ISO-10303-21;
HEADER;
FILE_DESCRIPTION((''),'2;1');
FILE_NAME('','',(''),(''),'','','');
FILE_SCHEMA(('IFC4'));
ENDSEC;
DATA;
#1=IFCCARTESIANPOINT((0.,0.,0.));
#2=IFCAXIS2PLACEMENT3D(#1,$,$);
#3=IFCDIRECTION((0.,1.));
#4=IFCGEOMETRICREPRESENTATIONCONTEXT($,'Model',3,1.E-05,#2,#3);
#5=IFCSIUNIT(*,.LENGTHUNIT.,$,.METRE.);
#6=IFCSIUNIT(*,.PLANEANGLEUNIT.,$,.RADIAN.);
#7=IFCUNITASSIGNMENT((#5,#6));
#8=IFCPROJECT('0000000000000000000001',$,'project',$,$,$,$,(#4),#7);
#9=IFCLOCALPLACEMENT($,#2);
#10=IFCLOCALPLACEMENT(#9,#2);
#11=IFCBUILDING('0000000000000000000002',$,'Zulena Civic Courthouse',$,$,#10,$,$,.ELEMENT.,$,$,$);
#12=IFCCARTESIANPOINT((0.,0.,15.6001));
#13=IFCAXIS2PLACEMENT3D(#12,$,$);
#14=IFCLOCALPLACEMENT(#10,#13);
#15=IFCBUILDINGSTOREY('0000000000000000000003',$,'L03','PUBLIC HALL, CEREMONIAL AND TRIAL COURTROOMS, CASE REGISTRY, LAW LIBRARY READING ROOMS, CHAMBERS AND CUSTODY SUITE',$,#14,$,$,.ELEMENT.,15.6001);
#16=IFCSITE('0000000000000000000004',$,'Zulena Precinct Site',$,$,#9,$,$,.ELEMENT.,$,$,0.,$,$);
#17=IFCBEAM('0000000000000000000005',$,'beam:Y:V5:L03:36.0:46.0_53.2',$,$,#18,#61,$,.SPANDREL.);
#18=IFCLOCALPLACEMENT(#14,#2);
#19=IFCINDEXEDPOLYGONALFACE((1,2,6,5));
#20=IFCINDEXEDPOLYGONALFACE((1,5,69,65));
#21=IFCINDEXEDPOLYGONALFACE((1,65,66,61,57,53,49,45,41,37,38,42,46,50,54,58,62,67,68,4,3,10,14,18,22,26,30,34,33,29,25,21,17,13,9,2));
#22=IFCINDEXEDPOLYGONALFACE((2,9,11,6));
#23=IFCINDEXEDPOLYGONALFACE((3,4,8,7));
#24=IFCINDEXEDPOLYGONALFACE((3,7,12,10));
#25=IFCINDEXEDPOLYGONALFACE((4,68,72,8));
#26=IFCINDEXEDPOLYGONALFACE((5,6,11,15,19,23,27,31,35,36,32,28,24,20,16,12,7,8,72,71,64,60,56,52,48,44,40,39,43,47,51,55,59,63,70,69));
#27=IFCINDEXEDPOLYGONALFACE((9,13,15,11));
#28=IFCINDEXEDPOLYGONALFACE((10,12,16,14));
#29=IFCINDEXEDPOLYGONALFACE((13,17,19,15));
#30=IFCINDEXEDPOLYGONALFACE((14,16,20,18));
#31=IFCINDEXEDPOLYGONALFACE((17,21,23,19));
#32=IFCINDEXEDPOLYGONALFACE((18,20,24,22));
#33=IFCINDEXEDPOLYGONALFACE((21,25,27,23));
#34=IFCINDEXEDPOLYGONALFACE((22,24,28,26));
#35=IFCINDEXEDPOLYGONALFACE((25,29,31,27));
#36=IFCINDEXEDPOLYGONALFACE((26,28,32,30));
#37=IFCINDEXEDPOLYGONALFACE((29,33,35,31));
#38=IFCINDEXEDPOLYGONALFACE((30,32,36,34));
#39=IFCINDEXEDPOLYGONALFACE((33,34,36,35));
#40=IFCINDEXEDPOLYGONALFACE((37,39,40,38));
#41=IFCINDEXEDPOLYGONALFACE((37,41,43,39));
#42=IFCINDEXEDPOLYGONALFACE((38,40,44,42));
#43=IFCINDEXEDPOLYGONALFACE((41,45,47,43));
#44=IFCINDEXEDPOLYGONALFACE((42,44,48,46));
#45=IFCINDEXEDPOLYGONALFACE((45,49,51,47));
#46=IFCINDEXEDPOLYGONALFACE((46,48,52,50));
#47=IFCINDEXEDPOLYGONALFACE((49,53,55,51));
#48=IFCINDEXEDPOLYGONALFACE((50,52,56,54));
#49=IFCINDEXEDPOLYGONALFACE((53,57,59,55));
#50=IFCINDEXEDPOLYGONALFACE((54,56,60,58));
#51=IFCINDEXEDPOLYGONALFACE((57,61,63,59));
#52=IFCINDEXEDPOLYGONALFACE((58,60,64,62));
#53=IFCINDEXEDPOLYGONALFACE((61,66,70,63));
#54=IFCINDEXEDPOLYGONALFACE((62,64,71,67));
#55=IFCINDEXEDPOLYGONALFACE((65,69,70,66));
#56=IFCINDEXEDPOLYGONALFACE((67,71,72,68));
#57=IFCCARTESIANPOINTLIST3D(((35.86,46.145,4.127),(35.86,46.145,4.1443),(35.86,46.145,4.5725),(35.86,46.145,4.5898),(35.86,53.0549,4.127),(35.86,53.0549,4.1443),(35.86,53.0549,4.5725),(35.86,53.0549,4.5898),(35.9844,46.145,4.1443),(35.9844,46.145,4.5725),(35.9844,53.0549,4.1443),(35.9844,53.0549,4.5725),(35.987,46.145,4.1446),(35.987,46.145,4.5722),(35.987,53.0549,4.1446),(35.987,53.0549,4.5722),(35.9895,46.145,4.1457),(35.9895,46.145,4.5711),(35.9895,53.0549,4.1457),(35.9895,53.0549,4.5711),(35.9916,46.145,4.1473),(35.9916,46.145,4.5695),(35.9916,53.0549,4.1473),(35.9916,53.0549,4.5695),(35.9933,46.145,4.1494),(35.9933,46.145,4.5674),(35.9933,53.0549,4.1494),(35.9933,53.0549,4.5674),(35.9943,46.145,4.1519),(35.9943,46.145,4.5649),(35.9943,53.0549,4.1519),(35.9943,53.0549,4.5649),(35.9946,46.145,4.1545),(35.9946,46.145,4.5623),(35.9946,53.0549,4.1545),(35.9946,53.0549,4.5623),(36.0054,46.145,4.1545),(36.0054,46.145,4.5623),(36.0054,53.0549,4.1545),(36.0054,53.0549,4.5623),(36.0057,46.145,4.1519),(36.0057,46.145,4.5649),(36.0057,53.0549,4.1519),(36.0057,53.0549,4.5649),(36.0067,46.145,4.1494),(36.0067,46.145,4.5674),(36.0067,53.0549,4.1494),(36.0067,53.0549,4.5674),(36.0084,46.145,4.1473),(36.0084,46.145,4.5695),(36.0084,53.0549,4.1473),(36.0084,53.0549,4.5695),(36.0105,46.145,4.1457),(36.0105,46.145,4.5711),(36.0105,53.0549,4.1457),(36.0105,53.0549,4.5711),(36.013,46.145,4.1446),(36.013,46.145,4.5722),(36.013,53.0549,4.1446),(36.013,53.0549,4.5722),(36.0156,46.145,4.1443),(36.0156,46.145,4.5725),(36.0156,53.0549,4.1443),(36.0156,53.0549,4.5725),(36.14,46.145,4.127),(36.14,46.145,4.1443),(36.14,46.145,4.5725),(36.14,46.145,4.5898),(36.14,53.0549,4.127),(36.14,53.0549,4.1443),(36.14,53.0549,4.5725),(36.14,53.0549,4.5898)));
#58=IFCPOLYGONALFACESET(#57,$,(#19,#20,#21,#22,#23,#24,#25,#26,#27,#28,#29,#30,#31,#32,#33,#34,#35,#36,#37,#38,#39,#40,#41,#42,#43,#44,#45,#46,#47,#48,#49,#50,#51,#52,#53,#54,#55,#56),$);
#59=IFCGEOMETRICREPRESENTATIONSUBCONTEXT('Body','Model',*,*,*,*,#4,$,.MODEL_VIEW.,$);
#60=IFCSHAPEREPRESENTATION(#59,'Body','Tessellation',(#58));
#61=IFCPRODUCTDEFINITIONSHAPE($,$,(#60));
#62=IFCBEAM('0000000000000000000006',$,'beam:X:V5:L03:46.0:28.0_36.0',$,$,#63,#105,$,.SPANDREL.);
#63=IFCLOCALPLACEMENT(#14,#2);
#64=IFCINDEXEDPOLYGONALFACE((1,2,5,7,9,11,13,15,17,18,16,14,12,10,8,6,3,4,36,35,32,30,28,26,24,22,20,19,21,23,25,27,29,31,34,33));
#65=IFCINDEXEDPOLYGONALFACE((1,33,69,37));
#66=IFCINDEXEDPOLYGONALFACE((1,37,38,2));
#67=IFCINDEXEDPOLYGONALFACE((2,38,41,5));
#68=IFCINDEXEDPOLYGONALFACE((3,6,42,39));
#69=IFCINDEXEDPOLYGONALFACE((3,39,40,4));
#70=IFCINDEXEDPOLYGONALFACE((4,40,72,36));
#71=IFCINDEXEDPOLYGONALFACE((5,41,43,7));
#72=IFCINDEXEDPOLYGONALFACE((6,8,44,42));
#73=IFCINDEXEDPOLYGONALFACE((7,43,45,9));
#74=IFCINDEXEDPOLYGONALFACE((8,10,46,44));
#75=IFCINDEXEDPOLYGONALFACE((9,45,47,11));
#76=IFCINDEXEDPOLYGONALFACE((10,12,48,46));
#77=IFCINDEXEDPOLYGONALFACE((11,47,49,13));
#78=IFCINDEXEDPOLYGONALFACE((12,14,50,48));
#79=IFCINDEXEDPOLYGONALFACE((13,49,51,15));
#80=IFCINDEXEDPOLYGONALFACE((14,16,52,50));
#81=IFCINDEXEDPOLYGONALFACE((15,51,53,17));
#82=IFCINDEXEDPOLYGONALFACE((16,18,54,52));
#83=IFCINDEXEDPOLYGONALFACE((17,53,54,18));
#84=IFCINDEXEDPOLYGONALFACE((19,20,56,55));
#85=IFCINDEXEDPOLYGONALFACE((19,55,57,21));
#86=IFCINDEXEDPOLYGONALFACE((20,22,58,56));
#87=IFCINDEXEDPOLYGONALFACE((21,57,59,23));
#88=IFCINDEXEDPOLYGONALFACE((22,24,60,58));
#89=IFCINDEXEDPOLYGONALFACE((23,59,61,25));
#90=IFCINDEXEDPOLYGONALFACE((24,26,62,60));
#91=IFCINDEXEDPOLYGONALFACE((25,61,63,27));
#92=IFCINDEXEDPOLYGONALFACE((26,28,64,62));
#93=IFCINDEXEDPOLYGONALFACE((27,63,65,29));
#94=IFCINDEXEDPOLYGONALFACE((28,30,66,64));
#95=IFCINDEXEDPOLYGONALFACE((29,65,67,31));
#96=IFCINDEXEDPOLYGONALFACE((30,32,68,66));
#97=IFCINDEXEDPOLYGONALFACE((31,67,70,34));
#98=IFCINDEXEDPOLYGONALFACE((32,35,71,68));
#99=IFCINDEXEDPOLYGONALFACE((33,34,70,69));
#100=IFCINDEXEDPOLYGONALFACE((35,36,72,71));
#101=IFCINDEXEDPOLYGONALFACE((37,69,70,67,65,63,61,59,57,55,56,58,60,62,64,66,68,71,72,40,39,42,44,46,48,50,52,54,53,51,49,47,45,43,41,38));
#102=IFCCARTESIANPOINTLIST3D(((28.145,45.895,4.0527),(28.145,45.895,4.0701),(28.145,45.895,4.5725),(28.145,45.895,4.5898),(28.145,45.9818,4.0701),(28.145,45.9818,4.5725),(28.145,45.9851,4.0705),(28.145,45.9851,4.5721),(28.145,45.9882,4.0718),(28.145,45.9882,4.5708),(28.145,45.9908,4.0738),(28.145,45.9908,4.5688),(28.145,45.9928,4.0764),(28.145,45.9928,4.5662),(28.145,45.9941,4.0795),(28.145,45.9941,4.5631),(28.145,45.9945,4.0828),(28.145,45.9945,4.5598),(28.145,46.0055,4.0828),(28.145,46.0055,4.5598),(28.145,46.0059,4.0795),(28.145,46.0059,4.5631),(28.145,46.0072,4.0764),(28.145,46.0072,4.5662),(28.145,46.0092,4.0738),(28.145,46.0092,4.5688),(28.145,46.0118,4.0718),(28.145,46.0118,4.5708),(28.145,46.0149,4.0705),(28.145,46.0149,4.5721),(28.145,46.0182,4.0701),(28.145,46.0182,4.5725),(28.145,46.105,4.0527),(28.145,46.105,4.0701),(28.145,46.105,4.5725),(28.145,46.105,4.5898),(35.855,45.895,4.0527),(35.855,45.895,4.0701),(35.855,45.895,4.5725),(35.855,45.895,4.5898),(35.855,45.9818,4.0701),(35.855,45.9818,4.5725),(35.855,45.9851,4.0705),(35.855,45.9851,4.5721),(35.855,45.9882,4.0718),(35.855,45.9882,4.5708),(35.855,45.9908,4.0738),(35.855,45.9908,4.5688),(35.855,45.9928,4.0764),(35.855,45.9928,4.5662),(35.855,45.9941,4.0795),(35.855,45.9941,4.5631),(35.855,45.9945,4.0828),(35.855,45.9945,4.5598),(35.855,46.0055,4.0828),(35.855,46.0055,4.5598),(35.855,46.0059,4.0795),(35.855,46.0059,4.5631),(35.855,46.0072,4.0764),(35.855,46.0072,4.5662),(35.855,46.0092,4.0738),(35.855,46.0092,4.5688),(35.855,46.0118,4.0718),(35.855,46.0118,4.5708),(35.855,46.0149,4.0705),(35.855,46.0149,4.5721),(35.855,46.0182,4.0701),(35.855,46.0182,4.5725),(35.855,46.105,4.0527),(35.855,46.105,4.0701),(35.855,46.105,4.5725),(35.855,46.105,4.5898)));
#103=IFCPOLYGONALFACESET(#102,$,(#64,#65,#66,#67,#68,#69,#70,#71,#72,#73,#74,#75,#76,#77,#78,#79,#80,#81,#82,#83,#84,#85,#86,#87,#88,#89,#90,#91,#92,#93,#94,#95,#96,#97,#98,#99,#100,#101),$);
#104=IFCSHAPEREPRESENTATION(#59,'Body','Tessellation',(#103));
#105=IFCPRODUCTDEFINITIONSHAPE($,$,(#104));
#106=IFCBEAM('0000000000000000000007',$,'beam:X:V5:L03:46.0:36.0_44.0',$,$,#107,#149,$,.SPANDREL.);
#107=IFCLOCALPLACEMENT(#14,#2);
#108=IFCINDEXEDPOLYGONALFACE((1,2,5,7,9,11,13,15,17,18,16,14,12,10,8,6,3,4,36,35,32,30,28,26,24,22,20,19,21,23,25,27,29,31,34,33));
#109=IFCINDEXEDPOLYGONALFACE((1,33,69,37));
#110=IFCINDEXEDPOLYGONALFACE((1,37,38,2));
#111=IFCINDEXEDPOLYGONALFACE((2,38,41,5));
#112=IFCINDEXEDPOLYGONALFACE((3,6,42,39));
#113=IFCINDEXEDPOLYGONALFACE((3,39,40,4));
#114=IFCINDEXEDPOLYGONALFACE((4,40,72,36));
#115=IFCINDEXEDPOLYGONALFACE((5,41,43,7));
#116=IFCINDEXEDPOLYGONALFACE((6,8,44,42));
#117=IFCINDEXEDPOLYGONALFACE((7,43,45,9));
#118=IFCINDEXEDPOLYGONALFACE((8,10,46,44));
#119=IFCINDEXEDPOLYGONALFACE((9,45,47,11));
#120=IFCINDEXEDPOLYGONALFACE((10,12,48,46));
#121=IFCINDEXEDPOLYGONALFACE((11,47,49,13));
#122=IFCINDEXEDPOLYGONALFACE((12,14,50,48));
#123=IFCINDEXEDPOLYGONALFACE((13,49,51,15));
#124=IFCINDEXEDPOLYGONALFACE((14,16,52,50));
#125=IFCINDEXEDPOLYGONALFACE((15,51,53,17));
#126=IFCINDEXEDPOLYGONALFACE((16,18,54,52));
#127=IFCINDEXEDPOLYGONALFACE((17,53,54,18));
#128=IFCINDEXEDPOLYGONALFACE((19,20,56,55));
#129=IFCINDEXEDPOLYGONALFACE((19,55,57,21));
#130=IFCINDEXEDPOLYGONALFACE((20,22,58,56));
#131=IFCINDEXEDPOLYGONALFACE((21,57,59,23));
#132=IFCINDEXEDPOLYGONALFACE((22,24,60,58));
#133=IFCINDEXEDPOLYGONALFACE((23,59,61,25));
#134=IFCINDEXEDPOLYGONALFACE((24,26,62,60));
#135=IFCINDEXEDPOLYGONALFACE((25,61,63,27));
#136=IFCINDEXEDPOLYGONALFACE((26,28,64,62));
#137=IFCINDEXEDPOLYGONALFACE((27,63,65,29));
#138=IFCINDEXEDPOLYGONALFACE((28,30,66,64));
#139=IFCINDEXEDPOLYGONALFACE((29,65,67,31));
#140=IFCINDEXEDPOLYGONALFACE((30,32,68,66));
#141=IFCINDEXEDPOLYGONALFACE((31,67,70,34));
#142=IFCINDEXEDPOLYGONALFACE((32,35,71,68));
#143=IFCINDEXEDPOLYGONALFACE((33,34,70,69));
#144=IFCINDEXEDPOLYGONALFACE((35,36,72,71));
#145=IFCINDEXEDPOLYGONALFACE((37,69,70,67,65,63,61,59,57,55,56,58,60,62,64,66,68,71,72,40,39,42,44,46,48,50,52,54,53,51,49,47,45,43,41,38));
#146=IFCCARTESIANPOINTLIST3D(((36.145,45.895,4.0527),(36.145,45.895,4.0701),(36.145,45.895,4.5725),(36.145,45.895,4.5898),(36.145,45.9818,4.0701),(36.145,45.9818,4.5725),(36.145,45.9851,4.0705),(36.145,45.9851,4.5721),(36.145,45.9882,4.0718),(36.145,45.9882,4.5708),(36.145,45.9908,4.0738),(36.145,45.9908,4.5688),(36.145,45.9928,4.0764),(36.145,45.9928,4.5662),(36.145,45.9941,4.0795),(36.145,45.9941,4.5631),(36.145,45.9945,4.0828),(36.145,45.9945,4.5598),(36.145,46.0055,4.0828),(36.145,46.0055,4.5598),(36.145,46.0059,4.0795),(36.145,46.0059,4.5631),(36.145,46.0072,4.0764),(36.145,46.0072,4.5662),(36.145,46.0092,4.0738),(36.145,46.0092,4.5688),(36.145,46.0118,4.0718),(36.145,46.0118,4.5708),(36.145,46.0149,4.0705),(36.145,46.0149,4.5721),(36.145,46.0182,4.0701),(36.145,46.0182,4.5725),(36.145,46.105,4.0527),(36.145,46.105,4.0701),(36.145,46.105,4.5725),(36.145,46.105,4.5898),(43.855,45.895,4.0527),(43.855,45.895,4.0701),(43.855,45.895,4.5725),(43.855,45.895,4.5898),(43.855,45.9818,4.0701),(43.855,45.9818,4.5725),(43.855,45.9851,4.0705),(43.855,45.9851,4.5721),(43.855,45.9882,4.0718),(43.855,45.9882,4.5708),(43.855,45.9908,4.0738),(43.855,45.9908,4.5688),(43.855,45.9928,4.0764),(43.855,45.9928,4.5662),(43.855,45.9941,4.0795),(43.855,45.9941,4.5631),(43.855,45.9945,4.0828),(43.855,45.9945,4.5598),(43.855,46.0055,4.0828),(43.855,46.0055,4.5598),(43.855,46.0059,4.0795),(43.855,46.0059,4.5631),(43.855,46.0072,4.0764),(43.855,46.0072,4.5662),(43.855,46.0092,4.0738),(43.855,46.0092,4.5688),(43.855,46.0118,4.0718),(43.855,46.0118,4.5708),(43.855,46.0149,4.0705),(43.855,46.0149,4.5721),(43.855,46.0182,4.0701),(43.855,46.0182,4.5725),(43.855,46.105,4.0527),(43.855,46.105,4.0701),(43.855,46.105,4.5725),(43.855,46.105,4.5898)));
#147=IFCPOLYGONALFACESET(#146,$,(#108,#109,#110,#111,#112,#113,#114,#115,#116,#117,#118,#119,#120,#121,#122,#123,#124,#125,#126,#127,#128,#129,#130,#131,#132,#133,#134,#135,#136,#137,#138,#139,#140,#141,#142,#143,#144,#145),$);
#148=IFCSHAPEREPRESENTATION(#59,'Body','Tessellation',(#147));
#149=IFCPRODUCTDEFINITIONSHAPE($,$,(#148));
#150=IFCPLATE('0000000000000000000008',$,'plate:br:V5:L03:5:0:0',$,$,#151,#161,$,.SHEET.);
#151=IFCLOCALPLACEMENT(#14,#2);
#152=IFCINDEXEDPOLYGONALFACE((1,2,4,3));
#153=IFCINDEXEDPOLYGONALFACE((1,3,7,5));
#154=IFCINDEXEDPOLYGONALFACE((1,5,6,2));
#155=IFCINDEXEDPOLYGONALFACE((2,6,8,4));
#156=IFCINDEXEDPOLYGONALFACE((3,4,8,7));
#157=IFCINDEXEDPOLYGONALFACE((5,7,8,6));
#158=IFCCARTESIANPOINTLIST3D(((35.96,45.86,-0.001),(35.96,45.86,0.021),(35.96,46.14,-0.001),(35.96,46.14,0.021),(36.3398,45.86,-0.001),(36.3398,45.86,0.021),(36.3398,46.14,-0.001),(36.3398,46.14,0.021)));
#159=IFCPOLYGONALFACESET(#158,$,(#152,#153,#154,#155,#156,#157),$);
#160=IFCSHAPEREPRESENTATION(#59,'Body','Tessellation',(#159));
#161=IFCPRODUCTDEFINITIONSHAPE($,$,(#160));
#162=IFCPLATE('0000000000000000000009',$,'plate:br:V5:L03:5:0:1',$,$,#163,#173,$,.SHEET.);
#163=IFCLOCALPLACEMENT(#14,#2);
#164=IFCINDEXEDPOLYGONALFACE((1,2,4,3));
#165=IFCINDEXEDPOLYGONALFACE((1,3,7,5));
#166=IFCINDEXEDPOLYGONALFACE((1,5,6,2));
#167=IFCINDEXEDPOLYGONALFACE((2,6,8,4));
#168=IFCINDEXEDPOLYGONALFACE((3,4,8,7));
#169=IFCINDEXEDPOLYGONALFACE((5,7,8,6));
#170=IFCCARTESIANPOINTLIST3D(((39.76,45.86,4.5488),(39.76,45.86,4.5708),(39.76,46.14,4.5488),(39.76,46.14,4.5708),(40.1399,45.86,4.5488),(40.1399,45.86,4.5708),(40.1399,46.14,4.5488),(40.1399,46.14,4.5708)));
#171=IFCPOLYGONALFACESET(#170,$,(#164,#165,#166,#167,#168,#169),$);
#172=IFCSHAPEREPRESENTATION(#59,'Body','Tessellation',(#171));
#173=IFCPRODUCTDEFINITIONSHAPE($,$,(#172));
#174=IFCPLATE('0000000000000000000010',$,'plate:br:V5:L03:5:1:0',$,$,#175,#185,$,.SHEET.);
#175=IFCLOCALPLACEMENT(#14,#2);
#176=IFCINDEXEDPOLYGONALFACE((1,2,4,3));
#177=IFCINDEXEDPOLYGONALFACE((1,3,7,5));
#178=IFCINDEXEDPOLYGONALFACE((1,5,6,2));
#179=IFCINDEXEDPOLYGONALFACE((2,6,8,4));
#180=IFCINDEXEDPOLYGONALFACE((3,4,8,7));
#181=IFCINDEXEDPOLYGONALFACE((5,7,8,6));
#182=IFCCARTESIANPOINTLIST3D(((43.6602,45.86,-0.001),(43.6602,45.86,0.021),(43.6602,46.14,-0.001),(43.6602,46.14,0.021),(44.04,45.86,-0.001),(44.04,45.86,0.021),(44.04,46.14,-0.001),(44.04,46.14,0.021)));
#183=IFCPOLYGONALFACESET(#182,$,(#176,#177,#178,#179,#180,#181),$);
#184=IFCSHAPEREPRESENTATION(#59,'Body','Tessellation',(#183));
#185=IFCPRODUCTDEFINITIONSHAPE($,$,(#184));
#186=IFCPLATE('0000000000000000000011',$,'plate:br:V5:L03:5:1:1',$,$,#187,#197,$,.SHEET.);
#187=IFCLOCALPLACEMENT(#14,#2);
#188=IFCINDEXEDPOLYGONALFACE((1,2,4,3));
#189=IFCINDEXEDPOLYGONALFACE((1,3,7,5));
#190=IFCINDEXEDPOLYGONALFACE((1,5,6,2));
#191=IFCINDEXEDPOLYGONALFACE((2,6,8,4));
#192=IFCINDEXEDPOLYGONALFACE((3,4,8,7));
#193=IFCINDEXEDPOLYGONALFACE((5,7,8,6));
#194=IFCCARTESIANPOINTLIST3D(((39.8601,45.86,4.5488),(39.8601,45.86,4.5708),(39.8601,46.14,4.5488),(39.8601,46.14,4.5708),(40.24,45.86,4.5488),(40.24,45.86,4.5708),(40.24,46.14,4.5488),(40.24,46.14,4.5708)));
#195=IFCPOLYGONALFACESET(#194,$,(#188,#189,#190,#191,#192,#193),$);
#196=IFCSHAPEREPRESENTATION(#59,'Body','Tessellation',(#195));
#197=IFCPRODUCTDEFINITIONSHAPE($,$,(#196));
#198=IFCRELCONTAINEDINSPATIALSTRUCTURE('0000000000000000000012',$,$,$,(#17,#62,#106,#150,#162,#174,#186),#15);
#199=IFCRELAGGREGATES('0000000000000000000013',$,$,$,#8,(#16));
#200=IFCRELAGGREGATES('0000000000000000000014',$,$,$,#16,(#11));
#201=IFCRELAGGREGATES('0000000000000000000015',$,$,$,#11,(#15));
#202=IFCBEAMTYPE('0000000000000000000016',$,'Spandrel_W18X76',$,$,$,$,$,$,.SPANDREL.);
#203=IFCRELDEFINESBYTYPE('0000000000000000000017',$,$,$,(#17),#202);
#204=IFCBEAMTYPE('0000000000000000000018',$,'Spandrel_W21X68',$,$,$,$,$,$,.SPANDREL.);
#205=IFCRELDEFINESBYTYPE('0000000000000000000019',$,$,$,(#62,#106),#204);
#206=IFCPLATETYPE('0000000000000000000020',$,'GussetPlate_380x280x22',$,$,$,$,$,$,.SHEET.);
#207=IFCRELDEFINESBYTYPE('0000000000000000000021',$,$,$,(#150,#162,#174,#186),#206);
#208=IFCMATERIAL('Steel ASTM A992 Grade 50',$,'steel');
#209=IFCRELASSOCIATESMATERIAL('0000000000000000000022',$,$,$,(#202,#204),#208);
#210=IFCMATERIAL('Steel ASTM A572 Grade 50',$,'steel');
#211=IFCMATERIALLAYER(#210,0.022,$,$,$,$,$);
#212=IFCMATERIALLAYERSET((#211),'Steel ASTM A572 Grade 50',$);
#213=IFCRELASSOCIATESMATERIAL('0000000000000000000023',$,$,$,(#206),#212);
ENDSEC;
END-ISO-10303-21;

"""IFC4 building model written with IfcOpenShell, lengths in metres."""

from ifc_helpers import new_model, si_unit, direction, frame, origin, origin_2d, place, context, subcontext, project, spatial, rectangle, i_section, extrude, material, layer, layer_set, material_profile, profile_set, type_object, element, save


model = new_model("IFC4")

# Units and contexts
model_context = context("Model", 3, precision=1e-05, world=origin(), true_north=direction((0.0, 1.0)))
body_context = subcontext(model_context, "Body", "Model", "MODEL_VIEW")
ifc_project = project(units=[si_unit("LENGTHUNIT", "METRE"), si_unit("PLANEANGLEUNIT", "RADIAN")], contexts=[model_context])

# Site, building, storey
site_placement = place(None, origin())
site = spatial("IfcSite", under=ifc_project, at=site_placement, Name="Zulena Precinct Site", CompositionType="ELEMENT", RefElevation=0.0)
building_placement = place(site_placement, origin())
building = spatial("IfcBuilding", under=site, at=building_placement, Name="Zulena Civic Courthouse", CompositionType="ELEMENT")
storey_placement = place(building_placement, frame((0.0, 0.0, 15.6001)))
storey = spatial("IfcBuildingStorey", under=building, at=storey_placement, Name="L03", Description="PUBLIC HALL, CEREMONIAL AND TRIAL COURTROOMS, CASE REGISTRY, LAW LIBRARY READING ROOMS, CHAMBERS AND CUSTODY SUITE", CompositionType="ELEMENT", Elevation=15.6001)

# Shared definitions
ifc_material_1 = material(Name="Steel ASTM A992 Grade 50", Category="steel")

# Beams
ifc_material_profile_1 = material_profile(ifc_material_1, i_section(OverallWidth=0.28, OverallDepth=0.4629, WebThickness=0.0107, FlangeThickness=0.0173, FilletRadius=0.0103, at=origin_2d()), Name="W18X76")
ifc_profile_set_1 = profile_set([ifc_material_profile_1], Name="Steel ASTM A992 Grade 50")
beam_type_1 = type_object("IfcBeamType", Name="Spandrel_W18X76", PredefinedType="SPANDREL", material=ifc_profile_set_1)
for number, where, z_axis, x_axis, name in (
    (1, (36.0, 46.145, 4.3584), (0.0, 1.0, 0.0), (-1.0, 0.0, 0.0), "beam:Y:V5:L03:36.0:46.0_53.2"),
):
    element("IfcBeam", number, at=place(storey_placement, frame(where, z_axis=z_axis, x_axis=x_axis)), inside=storey, type_object=beam_type_1, Name=name, PredefinedType="SPANDREL", context=body_context, shape_type="SweptSolid", body=[
        extrude(i_section(OverallWidth=0.28, OverallDepth=0.4629, WebThickness=0.0107, FlangeThickness=0.0173, FilletRadius=0.0103, at=origin_2d()), origin(), (0.0, 0.0, 1.0), 6.9099),
    ])
ifc_material_profile_2 = material_profile(ifc_material_1, i_section(OverallWidth=0.21, OverallDepth=0.5371, WebThickness=0.011, FlangeThickness=0.0173, FilletRadius=0.0127, at=origin_2d()), Name="W21X68")
ifc_profile_set_2 = profile_set([ifc_material_profile_2], Name="Steel ASTM A992 Grade 50")
beam_type_2 = type_object("IfcBeamType", Name="Spandrel_W21X68", PredefinedType="SPANDREL", material=ifc_profile_set_2)
for number, where, z_axis, x_axis, name in (
    (2, (28.145, 46.0, 4.3213), (1.0, 0.0, 0.0), (0.0, 1.0, 0.0), "beam:X:V5:L03:46.0:28.0_36.0"),
    (3, (36.145, 46.0, 4.3213), (1.0, 0.0, 0.0), (0.0, 1.0, 0.0), "beam:X:V5:L03:46.0:36.0_44.0"),
):
    element("IfcBeam", number, at=place(storey_placement, frame(where, z_axis=z_axis, x_axis=x_axis)), inside=storey, type_object=beam_type_2, Name=name, PredefinedType="SPANDREL", context=body_context, shape_type="SweptSolid", body=[
        extrude(i_section(OverallWidth=0.21, OverallDepth=0.5371, WebThickness=0.011, FlangeThickness=0.0173, FilletRadius=0.0127, at=origin_2d()), origin(), (0.0, 0.0, 1.0), 7.71),
    ])

# Plates
ifc_material_2 = material(Name="Steel ASTM A572 Grade 50", Category="steel")
ifc_layer_1 = layer(ifc_material_2, 0.022)
ifc_layer_set_1 = layer_set([ifc_layer_1], Name="Steel ASTM A572 Grade 50")
plate_type = type_object("IfcPlateType", Name="GussetPlate_380x280x22", PredefinedType="SHEET", material=ifc_layer_set_1)
for number, where, z_axis, x_axis, name in (
    (4, (36.1499, 46.0, -0.001), (0.0, 0.0, 1.0), (1.0, 0.0, 0.0), "plate:br:V5:L03:5:0:0"),
    (5, (39.95, 46.0, 4.5488), (0.0, 0.0, 1.0), (1.0, 0.0, 0.0), "plate:br:V5:L03:5:0:1"),
    (6, (43.8501, 46.0, -0.001), (0.0, 0.0, 1.0), (1.0, 0.0, 0.0), "plate:br:V5:L03:5:1:0"),
    (7, (40.05, 46.0, 4.5488), (0.0, 0.0, 1.0), (1.0, 0.0, 0.0), "plate:br:V5:L03:5:1:1"),
):
    element("IfcPlate", number, at=place(storey_placement, frame(where, z_axis=z_axis, x_axis=x_axis)), inside=storey, type_object=plate_type, Name=name, PredefinedType="SHEET", context=body_context, shape_type="SweptSolid", body=[
        extrude(rectangle(XDim=0.3799, YDim=0.28, at=origin_2d()), origin(), (0.0, 0.0, 1.0), 0.022),
    ])

save(model, "model.ifc")
